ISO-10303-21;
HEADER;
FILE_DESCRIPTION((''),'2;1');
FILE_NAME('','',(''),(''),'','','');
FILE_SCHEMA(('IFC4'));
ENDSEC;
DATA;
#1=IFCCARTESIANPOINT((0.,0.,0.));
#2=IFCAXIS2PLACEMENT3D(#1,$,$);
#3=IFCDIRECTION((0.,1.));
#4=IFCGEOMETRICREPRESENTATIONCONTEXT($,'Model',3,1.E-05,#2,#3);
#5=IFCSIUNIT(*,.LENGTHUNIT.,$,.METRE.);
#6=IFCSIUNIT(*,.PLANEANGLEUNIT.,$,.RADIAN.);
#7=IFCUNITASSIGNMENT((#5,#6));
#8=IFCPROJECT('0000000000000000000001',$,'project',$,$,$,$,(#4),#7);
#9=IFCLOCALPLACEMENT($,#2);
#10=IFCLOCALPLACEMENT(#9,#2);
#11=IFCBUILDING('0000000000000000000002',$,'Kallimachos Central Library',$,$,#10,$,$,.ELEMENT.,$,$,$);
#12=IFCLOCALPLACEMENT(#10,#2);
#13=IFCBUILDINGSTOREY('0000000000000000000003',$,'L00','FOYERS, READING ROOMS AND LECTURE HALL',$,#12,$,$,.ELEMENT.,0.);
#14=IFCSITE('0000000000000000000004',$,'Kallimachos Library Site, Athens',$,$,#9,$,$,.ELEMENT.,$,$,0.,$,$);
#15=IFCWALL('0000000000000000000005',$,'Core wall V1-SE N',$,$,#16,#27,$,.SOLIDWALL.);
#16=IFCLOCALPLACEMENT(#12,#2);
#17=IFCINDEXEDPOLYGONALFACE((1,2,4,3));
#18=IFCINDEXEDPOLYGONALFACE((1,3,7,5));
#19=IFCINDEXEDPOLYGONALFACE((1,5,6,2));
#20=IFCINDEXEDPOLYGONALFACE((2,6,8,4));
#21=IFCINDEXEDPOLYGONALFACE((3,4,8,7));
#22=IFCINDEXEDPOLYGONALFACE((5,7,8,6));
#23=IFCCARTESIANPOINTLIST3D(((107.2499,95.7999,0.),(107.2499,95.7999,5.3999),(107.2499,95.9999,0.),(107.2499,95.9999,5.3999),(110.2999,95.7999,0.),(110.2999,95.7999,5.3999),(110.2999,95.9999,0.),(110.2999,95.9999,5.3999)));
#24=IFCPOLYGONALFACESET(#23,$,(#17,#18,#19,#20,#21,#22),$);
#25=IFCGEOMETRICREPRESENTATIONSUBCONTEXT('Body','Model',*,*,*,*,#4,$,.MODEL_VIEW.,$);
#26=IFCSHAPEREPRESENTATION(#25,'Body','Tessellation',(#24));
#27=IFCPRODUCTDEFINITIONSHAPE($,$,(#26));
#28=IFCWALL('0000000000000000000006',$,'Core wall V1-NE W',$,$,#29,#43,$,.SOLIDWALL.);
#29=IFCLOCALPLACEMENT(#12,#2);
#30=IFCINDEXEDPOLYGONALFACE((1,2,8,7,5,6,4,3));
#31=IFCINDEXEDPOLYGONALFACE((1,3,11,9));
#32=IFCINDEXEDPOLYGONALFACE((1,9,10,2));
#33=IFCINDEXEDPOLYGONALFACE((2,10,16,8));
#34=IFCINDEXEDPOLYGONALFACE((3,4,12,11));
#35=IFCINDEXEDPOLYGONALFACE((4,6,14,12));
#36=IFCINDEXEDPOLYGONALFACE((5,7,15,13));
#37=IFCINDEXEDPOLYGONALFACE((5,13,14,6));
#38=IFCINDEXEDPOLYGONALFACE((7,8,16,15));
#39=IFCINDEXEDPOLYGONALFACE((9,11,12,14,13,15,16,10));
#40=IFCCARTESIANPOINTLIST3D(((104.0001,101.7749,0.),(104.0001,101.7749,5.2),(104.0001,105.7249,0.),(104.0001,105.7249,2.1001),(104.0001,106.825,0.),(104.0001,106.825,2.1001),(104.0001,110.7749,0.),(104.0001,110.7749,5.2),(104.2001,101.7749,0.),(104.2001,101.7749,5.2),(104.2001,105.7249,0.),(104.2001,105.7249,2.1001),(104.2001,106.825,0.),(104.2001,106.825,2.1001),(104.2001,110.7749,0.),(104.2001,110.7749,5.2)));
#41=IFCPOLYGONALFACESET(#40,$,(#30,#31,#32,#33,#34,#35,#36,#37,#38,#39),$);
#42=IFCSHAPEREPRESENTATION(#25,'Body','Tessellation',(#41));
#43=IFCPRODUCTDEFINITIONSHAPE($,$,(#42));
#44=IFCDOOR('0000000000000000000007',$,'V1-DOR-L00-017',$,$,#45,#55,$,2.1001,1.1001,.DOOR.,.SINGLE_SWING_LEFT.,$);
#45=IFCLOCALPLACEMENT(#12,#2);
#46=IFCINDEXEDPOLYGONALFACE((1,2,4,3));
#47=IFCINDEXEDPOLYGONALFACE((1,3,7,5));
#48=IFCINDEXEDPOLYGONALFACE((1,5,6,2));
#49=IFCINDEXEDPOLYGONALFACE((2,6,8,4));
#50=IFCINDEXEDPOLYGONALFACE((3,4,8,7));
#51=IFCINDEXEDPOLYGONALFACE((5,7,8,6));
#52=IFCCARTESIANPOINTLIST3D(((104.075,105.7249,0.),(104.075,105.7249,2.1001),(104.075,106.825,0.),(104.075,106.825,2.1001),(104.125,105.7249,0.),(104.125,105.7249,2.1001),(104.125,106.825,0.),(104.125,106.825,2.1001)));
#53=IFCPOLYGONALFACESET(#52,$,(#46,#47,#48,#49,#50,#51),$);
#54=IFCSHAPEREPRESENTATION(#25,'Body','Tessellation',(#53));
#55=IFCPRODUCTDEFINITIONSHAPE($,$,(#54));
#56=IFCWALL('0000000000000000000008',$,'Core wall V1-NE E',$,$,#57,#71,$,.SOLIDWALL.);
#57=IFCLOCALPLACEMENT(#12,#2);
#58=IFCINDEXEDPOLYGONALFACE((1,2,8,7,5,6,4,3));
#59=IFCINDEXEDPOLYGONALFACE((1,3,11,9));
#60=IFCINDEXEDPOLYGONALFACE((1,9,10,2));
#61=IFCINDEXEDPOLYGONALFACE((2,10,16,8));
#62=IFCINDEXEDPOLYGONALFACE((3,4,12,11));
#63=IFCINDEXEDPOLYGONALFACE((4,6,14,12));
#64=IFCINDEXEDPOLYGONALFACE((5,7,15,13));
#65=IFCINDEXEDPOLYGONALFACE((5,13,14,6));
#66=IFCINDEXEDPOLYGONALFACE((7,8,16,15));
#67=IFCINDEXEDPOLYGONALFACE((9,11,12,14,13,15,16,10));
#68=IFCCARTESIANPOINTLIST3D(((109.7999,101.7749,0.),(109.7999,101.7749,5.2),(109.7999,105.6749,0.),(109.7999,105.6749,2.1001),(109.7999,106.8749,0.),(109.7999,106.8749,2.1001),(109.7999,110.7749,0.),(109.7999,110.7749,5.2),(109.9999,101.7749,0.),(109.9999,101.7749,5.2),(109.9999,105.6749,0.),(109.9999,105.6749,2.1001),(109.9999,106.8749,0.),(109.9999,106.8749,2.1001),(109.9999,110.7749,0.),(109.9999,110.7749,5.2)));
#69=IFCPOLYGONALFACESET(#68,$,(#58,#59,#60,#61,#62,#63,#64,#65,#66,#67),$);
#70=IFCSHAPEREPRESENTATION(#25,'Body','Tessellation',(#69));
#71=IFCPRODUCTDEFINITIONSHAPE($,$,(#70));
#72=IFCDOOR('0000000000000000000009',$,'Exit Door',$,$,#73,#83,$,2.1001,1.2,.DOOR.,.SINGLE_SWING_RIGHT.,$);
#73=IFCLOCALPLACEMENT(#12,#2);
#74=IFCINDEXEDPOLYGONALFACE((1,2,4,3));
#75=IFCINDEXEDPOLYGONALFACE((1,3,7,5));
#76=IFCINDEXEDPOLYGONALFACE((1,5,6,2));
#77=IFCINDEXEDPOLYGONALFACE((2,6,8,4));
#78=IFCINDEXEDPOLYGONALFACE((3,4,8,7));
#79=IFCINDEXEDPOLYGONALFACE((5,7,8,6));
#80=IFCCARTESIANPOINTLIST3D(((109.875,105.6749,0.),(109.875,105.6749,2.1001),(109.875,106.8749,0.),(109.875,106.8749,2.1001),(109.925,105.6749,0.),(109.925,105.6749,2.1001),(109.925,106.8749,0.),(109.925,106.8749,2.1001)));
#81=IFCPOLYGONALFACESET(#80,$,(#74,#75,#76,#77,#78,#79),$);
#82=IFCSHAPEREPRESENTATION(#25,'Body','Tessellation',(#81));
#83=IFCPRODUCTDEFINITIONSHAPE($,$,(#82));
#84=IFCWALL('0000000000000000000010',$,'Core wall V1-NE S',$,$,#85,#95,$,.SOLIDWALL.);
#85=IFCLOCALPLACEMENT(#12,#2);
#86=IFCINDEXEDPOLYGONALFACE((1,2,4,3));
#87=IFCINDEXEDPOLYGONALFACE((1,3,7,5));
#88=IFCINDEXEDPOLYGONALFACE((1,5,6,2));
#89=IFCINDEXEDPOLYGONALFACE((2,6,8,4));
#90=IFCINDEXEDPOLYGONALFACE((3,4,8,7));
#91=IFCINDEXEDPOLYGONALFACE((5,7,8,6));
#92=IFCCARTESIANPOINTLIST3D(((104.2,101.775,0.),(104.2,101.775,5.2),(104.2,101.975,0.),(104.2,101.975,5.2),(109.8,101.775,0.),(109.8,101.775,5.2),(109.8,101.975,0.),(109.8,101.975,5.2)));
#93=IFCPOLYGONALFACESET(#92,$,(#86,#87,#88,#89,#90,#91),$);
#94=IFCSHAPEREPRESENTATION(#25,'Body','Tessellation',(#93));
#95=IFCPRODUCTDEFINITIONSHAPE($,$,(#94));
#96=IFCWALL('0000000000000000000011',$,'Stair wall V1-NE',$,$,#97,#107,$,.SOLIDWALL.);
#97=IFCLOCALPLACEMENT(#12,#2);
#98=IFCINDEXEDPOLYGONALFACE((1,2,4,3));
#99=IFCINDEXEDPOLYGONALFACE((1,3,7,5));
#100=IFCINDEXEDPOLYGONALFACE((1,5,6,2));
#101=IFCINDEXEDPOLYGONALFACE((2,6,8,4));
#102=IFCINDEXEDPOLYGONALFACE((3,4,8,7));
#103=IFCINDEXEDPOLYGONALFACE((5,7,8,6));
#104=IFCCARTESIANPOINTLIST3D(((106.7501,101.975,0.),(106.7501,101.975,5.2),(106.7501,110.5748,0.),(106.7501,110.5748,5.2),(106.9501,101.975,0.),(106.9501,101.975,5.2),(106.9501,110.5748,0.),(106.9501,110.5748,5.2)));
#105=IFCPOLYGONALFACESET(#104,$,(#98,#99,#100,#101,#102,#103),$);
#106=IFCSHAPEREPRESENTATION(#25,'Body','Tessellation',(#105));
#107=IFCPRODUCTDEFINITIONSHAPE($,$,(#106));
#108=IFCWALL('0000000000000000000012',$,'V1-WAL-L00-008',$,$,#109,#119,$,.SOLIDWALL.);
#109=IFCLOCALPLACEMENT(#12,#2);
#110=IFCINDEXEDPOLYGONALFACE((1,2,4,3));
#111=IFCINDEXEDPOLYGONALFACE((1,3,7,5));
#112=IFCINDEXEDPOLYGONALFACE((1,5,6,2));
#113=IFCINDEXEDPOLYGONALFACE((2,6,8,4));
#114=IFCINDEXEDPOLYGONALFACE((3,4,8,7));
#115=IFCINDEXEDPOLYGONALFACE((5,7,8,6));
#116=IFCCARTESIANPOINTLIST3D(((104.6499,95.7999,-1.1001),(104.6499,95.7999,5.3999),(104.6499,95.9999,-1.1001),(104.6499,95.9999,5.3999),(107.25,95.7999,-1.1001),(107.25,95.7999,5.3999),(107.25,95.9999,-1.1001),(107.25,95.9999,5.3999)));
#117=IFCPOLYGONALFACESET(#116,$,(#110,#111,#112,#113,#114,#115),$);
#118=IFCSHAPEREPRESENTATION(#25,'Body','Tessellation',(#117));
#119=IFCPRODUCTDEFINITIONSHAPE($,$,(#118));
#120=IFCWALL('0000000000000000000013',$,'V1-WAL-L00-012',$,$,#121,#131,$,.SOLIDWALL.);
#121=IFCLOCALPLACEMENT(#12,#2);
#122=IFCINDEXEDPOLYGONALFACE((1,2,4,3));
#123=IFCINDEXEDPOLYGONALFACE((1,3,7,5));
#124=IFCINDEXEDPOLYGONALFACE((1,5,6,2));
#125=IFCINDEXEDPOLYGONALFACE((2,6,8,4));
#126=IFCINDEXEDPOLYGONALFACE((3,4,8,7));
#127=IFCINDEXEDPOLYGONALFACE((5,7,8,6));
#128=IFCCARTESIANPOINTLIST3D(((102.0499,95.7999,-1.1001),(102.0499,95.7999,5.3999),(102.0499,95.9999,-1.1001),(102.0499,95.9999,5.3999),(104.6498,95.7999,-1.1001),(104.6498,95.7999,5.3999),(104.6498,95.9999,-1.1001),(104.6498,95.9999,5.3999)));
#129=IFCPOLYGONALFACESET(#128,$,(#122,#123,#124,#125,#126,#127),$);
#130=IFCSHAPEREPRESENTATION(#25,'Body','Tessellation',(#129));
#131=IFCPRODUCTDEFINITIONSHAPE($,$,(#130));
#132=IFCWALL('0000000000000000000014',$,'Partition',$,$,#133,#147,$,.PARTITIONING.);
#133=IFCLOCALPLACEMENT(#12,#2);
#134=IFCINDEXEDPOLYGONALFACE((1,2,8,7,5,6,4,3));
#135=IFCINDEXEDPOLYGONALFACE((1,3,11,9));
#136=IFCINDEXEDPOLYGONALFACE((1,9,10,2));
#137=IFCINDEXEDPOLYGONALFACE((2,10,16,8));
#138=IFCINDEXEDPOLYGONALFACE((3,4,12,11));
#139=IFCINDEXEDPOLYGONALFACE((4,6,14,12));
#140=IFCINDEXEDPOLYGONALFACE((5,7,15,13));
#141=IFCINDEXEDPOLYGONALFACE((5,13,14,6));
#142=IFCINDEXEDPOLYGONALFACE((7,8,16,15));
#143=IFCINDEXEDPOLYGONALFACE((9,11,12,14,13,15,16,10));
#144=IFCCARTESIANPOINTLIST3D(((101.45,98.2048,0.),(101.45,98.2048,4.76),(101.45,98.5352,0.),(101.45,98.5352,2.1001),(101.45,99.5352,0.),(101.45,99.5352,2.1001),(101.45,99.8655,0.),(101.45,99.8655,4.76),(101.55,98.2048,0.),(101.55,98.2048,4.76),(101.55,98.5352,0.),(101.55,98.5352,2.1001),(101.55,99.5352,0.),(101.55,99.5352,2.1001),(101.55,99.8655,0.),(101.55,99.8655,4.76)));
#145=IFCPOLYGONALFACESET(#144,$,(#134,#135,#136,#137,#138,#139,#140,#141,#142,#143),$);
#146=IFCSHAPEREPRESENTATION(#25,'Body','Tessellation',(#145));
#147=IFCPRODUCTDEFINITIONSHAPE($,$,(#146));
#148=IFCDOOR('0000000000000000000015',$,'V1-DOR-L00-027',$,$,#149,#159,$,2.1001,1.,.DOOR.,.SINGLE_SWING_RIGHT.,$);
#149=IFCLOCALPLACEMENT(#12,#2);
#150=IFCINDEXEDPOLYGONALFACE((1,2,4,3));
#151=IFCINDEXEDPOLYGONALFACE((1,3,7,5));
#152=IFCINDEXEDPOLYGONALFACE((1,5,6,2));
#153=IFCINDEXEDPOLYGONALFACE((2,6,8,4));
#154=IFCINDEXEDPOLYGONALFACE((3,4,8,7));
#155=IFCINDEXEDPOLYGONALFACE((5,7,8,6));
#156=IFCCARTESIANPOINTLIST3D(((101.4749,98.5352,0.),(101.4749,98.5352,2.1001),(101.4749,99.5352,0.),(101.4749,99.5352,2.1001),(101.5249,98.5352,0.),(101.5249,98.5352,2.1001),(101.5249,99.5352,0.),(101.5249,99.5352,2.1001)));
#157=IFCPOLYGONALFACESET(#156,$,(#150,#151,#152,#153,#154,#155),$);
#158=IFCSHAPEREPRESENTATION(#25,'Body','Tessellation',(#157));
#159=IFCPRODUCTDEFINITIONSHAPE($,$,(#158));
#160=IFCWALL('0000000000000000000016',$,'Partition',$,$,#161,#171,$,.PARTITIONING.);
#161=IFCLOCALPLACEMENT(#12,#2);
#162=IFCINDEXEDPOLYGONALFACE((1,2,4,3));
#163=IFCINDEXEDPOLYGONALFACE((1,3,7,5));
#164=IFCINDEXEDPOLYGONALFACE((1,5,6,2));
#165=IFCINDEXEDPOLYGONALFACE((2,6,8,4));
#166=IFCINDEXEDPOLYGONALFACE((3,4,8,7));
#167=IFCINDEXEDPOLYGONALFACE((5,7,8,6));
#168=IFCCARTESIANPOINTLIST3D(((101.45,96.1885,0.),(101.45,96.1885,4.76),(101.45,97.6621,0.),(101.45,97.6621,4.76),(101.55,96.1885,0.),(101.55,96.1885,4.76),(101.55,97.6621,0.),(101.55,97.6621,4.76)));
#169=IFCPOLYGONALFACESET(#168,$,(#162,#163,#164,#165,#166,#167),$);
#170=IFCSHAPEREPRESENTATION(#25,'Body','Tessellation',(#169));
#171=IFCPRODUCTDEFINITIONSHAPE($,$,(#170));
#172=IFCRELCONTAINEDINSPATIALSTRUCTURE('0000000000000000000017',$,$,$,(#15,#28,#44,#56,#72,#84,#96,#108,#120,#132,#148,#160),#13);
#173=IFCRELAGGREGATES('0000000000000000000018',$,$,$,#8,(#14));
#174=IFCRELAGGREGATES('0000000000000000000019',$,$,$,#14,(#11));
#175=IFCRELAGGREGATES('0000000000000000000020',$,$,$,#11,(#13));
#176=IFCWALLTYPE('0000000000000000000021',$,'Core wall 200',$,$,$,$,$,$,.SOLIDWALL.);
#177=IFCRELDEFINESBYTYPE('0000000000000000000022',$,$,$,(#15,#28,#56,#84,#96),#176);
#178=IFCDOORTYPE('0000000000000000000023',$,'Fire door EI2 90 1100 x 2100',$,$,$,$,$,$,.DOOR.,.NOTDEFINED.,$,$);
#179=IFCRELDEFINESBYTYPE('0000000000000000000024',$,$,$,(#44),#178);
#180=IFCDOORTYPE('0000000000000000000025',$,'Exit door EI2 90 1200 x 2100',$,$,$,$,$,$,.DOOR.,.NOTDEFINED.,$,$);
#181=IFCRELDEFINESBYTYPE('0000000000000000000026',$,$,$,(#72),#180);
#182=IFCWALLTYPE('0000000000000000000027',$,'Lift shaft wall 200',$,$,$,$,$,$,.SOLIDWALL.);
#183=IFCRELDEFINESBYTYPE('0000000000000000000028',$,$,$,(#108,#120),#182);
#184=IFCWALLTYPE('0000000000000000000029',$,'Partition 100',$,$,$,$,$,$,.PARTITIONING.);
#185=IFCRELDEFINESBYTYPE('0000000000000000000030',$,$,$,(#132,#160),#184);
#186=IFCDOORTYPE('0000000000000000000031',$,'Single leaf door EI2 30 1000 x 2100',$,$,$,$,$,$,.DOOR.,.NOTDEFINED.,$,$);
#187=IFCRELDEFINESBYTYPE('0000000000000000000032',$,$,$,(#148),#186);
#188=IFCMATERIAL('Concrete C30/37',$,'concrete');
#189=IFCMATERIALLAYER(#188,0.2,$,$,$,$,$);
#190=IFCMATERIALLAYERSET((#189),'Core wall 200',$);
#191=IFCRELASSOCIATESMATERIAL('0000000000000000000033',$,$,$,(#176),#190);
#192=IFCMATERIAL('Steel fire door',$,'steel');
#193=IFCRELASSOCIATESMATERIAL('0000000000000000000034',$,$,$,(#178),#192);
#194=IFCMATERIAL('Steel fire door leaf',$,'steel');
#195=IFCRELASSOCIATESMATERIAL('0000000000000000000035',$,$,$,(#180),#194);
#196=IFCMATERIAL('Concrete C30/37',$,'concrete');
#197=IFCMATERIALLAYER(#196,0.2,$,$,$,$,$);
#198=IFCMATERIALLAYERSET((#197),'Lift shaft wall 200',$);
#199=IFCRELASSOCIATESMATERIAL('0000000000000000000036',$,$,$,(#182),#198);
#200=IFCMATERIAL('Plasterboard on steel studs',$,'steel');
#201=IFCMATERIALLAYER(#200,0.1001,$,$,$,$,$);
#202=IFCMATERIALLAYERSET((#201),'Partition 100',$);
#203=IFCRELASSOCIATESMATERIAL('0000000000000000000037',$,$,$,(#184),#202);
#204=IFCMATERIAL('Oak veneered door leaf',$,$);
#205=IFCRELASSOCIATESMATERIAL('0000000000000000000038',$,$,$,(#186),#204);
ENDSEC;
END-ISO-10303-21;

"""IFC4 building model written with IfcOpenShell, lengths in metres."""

from ifc_helpers import new_model, si_unit, direction, frame, frame_2d, origin, place, context, subcontext, project, spatial, rectangle, extrude, material, layer, layer_set, type_object, element, fill, save


model = new_model("IFC4")

# Units and contexts
model_context = context("Model", 3, precision=1e-05, world=origin(), true_north=direction((0.0, 1.0)))
body_context = subcontext(model_context, "Body", "Model", "MODEL_VIEW")
ifc_project = project(units=[si_unit("LENGTHUNIT", "METRE"), si_unit("PLANEANGLEUNIT", "RADIAN")], contexts=[model_context])

# Site, building, storey
site_placement = place(None, origin())
site = spatial("IfcSite", under=ifc_project, at=site_placement, Name="Kallimachos Library Site, Athens", CompositionType="ELEMENT", RefElevation=0.0)
building_placement = place(site_placement, origin())
building = spatial("IfcBuilding", under=site, at=building_placement, Name="Kallimachos Central Library", CompositionType="ELEMENT")
storey_placement = place(building_placement, origin())
storey = spatial("IfcBuildingStorey", under=building, at=storey_placement, Name="L00", Description="FOYERS, READING ROOMS AND LECTURE HALL", CompositionType="ELEMENT", Elevation=0.0)

# Wall
ifc_material_1 = material(Name="Concrete C30/37", Category="concrete")
ifc_layer_1 = layer(ifc_material_1, 0.2)
ifc_layer_set_1 = layer_set([ifc_layer_1], Name="Core wall 200")
wall_type_1 = type_object("IfcWallType", Name="Core wall 200", PredefinedType="SOLIDWALL", material=ifc_layer_set_1)
wall_1_placement = place(storey_placement, frame((107.25, 95.8999, 0.0), z_axis=(0.0, 0.0, 1.0), x_axis=(1.0, 0.0, 0.0)))
element("IfcWall", 1, at=wall_1_placement, inside=storey, type_object=wall_type_1, Name="Core wall V1-SE N", PredefinedType="SOLIDWALL", context=body_context, shape_type="SweptSolid", body=[
    extrude(rectangle(XDim=3.05, YDim=0.2, at=frame_2d((1.5249, 0.0))), origin(), (0.0, 0.0, 1.0), 5.3999),
])

# Walls, openings, doors
wall_2_placement = place(storey_placement, frame((104.1001, 101.7749, 0.0), z_axis=(0.0, 0.0, 1.0), x_axis=(0.0, 1.0, 0.0)))
wall_2 = element("IfcWall", 2, at=wall_2_placement, inside=storey, type_object=wall_type_1, Name="Core wall V1-NE W", PredefinedType="SOLIDWALL", context=body_context, shape_type="SweptSolid", body=[
    extrude(rectangle(XDim=9.0, YDim=0.2, at=frame_2d((4.5, 0.0))), origin(), (0.0, 0.0, 1.0), 5.2),
])
opening_1_placement = place(wall_2_placement, frame((3.95, 0.0, 0.0)))
opening_1 = element("IfcOpeningElement", 3, at=opening_1_placement, cuts=wall_2, PredefinedType="OPENING", context=body_context, shape_type="SweptSolid", body=[
    extrude(rectangle(XDim=1.1001, YDim=2.1001, at=frame_2d((0.55, 1.05))), frame((0.0, 0.1099, 0.0), z_axis=(0.0, -1.0, 0.0), x_axis=(1.0, 0.0, 0.0)), (0.0, 0.0, 1.0), 0.22),
])
ifc_material_2 = material(Name="Steel fire door", Category="steel")
door_type_1 = type_object("IfcDoorType", Name="Fire door EI2 90 1100 x 2100", OperationType="NOTDEFINED", PredefinedType="DOOR", material=ifc_material_2)
door_1_placement = place(opening_1_placement, frame((1.1001, 0.0, 0.0), z_axis=(0.0, 0.0, 1.0), x_axis=(-1.0, 0.0, 0.0)))
door_1 = element("IfcDoor", 4, at=door_1_placement, inside=storey, type_object=door_type_1, Name="V1-DOR-L00-017", OperationType="SINGLE_SWING_LEFT", OverallHeight=2.1001, OverallWidth=1.1001, PredefinedType="DOOR", context=body_context, shape_type="SweptSolid", body=[
    extrude(rectangle(XDim=1.1001, YDim=2.1001, at=frame_2d((0.55, 1.05))), frame((0.0, 0.0249, 0.0), z_axis=(0.0, -1.0, 0.0), x_axis=(1.0, 0.0, 0.0)), (0.0, 0.0, 1.0), 0.05),
])
fill(opening_1, door_1)
wall_3_placement = place(storey_placement, frame((109.8999, 101.7749, 0.0), z_axis=(0.0, 0.0, 1.0), x_axis=(0.0, 1.0, 0.0)))
wall_3 = element("IfcWall", 5, at=wall_3_placement, inside=storey, type_object=wall_type_1, Name="Core wall V1-NE E", PredefinedType="SOLIDWALL", context=body_context, shape_type="SweptSolid", body=[
    extrude(rectangle(XDim=9.0, YDim=0.2, at=frame_2d((4.5, 0.0))), origin(), (0.0, 0.0, 1.0), 5.2),
])
opening_2_placement = place(wall_3_placement, frame((3.8999, 0.0, 0.0)))
opening_2 = element("IfcOpeningElement", 6, at=opening_2_placement, cuts=wall_3, PredefinedType="OPENING", context=body_context, shape_type="SweptSolid", body=[
    extrude(rectangle(XDim=1.2, YDim=2.1001, at=frame_2d((0.6001, 1.05))), frame((0.0, 0.1099, 0.0), z_axis=(0.0, -1.0, 0.0), x_axis=(1.0, 0.0, 0.0)), (0.0, 0.0, 1.0), 0.22),
])
ifc_material_3 = material(Name="Steel fire door leaf", Category="steel")
door_type_2 = type_object("IfcDoorType", Name="Exit door EI2 90 1200 x 2100", OperationType="NOTDEFINED", PredefinedType="DOOR", material=ifc_material_3)
door_2_placement = place(opening_2_placement, origin())
door_2 = element("IfcDoor", 7, at=door_2_placement, inside=storey, type_object=door_type_2, Name="Exit Door", OperationType="SINGLE_SWING_RIGHT", OverallHeight=2.1001, OverallWidth=1.2, PredefinedType="DOOR", context=body_context, shape_type="SweptSolid", body=[
    extrude(rectangle(XDim=1.2, YDim=2.1001, at=frame_2d((0.6001, 1.05))), frame((0.0, 0.0249, 0.0), z_axis=(0.0, -1.0, 0.0), x_axis=(1.0, 0.0, 0.0)), (0.0, 0.0, 1.0), 0.05),
])
fill(opening_2, door_2)

# Walls
wall_4_placement = place(storey_placement, frame((104.2, 101.875, 0.0), z_axis=(0.0, 0.0, 1.0), x_axis=(1.0, 0.0, 0.0)))
element("IfcWall", 8, at=wall_4_placement, inside=storey, type_object=wall_type_1, Name="Core wall V1-NE S", PredefinedType="SOLIDWALL", context=body_context, shape_type="SweptSolid", body=[
    extrude(rectangle(XDim=5.6001, YDim=0.2, at=frame_2d((2.8, 0.0))), origin(), (0.0, 0.0, 1.0), 5.2),
])
wall_5_placement = place(storey_placement, frame((106.8501, 101.9751, 0.0), z_axis=(0.0, 0.0, 1.0), x_axis=(0.0, 1.0, 0.0)))
element("IfcWall", 9, at=wall_5_placement, inside=storey, type_object=wall_type_1, Name="Stair wall V1-NE", PredefinedType="SOLIDWALL", context=body_context, shape_type="SweptSolid", body=[
    extrude(rectangle(XDim=8.5999, YDim=0.2, at=frame_2d((4.2998, 0.0))), origin(), (0.0, 0.0, 1.0), 5.2),
])
ifc_material_4 = material(Name="Concrete C30/37", Category="concrete")
ifc_layer_2 = layer(ifc_material_4, 0.2)
ifc_layer_set_2 = layer_set([ifc_layer_2], Name="Lift shaft wall 200")
wall_type_2 = type_object("IfcWallType", Name="Lift shaft wall 200", PredefinedType="SOLIDWALL", material=ifc_layer_set_2)
wall_6_placement = place(storey_placement, frame((104.6499, 95.8999, -1.1001), z_axis=(0.0, 0.0, 1.0), x_axis=(1.0, 0.0, 0.0)))
element("IfcWall", 10, at=wall_6_placement, inside=storey, type_object=wall_type_2, Name="V1-WAL-L00-008", PredefinedType="SOLIDWALL", context=body_context, shape_type="SweptSolid", body=[
    extrude(rectangle(XDim=2.6001, YDim=0.2, at=frame_2d((1.3, 0.0))), origin(), (0.0, 0.0, 1.0), 6.5),
])
wall_7_placement = place(storey_placement, frame((102.05, 95.8999, -1.1001), z_axis=(0.0, 0.0, 1.0), x_axis=(1.0, 0.0, 0.0)))
element("IfcWall", 11, at=wall_7_placement, inside=storey, type_object=wall_type_2, Name="V1-WAL-L00-012", PredefinedType="SOLIDWALL", context=body_context, shape_type="SweptSolid", body=[
    extrude(rectangle(XDim=2.5999, YDim=0.2, at=frame_2d((1.2998, 0.0))), origin(), (0.0, 0.0, 1.0), 6.5),
])

# Wall, opening, door
ifc_material_5 = material(Name="Plasterboard on steel studs", Category="steel")
ifc_layer_3 = layer(ifc_material_5, 0.1001)
ifc_layer_set_3 = layer_set([ifc_layer_3], Name="Partition 100")
wall_type_3 = type_object("IfcWallType", Name="Partition 100", PredefinedType="PARTITIONING", material=ifc_layer_set_3)
wall_8_placement = place(storey_placement, frame((101.5, 99.8655, 0.0), z_axis=(0.0, 0.0, 1.0), x_axis=(0.0, -1.0, 0.0)))
wall_8 = element("IfcWall", 12, at=wall_8_placement, inside=storey, type_object=wall_type_3, Name="Partition", PredefinedType="PARTITIONING", context=body_context, shape_type="SweptSolid", body=[
    extrude(rectangle(XDim=1.6606, YDim=0.1001, at=frame_2d((0.8303, 0.0))), origin(), (0.0, 0.0, 1.0), 4.76),
])
opening_3_placement = place(wall_8_placement, frame((0.3303, 0.0, 0.0)))
opening_3 = element("IfcOpeningElement", 13, at=opening_3_placement, cuts=wall_8, PredefinedType="OPENING", context=body_context, shape_type="SweptSolid", body=[
    extrude(rectangle(XDim=1.0, YDim=2.1001, at=frame_2d((0.5, 1.05))), frame((0.0, 0.0601, 0.0), z_axis=(0.0, -1.0, 0.0), x_axis=(1.0, 0.0, 0.0)), (0.0, 0.0, 1.0), 0.1201),
])
ifc_material_6 = material(Name="Oak veneered door leaf")
door_type_3 = type_object("IfcDoorType", Name="Single leaf door EI2 30 1000 x 2100", OperationType="NOTDEFINED", PredefinedType="DOOR", material=ifc_material_6)
door_3_placement = place(opening_3_placement, origin())
door_3 = element("IfcDoor", 14, at=door_3_placement, inside=storey, type_object=door_type_3, Name="V1-DOR-L00-027", OperationType="SINGLE_SWING_RIGHT", OverallHeight=2.1001, OverallWidth=1.0, PredefinedType="DOOR", context=body_context, shape_type="SweptSolid", body=[
    extrude(rectangle(XDim=1.0, YDim=2.1001, at=frame_2d((0.5, 1.05))), frame((0.0, 0.0249, 0.0), z_axis=(0.0, -1.0, 0.0), x_axis=(1.0, 0.0, 0.0)), (0.0, 0.0, 1.0), 0.05),
])
fill(opening_3, door_3)

# Wall
wall_9_placement = place(storey_placement, frame((101.5, 97.6621, 0.0), z_axis=(0.0, 0.0, 1.0), x_axis=(0.0, -1.0, 0.0)))
element("IfcWall", 15, at=wall_9_placement, inside=storey, type_object=wall_type_3, Name="Partition", PredefinedType="PARTITIONING", context=body_context, shape_type="SweptSolid", body=[
    extrude(rectangle(XDim=1.4736, YDim=0.1001, at=frame_2d((0.7368, 0.0))), origin(), (0.0, 0.0, 1.0), 4.76),
])

save(model, "model.ifc")
